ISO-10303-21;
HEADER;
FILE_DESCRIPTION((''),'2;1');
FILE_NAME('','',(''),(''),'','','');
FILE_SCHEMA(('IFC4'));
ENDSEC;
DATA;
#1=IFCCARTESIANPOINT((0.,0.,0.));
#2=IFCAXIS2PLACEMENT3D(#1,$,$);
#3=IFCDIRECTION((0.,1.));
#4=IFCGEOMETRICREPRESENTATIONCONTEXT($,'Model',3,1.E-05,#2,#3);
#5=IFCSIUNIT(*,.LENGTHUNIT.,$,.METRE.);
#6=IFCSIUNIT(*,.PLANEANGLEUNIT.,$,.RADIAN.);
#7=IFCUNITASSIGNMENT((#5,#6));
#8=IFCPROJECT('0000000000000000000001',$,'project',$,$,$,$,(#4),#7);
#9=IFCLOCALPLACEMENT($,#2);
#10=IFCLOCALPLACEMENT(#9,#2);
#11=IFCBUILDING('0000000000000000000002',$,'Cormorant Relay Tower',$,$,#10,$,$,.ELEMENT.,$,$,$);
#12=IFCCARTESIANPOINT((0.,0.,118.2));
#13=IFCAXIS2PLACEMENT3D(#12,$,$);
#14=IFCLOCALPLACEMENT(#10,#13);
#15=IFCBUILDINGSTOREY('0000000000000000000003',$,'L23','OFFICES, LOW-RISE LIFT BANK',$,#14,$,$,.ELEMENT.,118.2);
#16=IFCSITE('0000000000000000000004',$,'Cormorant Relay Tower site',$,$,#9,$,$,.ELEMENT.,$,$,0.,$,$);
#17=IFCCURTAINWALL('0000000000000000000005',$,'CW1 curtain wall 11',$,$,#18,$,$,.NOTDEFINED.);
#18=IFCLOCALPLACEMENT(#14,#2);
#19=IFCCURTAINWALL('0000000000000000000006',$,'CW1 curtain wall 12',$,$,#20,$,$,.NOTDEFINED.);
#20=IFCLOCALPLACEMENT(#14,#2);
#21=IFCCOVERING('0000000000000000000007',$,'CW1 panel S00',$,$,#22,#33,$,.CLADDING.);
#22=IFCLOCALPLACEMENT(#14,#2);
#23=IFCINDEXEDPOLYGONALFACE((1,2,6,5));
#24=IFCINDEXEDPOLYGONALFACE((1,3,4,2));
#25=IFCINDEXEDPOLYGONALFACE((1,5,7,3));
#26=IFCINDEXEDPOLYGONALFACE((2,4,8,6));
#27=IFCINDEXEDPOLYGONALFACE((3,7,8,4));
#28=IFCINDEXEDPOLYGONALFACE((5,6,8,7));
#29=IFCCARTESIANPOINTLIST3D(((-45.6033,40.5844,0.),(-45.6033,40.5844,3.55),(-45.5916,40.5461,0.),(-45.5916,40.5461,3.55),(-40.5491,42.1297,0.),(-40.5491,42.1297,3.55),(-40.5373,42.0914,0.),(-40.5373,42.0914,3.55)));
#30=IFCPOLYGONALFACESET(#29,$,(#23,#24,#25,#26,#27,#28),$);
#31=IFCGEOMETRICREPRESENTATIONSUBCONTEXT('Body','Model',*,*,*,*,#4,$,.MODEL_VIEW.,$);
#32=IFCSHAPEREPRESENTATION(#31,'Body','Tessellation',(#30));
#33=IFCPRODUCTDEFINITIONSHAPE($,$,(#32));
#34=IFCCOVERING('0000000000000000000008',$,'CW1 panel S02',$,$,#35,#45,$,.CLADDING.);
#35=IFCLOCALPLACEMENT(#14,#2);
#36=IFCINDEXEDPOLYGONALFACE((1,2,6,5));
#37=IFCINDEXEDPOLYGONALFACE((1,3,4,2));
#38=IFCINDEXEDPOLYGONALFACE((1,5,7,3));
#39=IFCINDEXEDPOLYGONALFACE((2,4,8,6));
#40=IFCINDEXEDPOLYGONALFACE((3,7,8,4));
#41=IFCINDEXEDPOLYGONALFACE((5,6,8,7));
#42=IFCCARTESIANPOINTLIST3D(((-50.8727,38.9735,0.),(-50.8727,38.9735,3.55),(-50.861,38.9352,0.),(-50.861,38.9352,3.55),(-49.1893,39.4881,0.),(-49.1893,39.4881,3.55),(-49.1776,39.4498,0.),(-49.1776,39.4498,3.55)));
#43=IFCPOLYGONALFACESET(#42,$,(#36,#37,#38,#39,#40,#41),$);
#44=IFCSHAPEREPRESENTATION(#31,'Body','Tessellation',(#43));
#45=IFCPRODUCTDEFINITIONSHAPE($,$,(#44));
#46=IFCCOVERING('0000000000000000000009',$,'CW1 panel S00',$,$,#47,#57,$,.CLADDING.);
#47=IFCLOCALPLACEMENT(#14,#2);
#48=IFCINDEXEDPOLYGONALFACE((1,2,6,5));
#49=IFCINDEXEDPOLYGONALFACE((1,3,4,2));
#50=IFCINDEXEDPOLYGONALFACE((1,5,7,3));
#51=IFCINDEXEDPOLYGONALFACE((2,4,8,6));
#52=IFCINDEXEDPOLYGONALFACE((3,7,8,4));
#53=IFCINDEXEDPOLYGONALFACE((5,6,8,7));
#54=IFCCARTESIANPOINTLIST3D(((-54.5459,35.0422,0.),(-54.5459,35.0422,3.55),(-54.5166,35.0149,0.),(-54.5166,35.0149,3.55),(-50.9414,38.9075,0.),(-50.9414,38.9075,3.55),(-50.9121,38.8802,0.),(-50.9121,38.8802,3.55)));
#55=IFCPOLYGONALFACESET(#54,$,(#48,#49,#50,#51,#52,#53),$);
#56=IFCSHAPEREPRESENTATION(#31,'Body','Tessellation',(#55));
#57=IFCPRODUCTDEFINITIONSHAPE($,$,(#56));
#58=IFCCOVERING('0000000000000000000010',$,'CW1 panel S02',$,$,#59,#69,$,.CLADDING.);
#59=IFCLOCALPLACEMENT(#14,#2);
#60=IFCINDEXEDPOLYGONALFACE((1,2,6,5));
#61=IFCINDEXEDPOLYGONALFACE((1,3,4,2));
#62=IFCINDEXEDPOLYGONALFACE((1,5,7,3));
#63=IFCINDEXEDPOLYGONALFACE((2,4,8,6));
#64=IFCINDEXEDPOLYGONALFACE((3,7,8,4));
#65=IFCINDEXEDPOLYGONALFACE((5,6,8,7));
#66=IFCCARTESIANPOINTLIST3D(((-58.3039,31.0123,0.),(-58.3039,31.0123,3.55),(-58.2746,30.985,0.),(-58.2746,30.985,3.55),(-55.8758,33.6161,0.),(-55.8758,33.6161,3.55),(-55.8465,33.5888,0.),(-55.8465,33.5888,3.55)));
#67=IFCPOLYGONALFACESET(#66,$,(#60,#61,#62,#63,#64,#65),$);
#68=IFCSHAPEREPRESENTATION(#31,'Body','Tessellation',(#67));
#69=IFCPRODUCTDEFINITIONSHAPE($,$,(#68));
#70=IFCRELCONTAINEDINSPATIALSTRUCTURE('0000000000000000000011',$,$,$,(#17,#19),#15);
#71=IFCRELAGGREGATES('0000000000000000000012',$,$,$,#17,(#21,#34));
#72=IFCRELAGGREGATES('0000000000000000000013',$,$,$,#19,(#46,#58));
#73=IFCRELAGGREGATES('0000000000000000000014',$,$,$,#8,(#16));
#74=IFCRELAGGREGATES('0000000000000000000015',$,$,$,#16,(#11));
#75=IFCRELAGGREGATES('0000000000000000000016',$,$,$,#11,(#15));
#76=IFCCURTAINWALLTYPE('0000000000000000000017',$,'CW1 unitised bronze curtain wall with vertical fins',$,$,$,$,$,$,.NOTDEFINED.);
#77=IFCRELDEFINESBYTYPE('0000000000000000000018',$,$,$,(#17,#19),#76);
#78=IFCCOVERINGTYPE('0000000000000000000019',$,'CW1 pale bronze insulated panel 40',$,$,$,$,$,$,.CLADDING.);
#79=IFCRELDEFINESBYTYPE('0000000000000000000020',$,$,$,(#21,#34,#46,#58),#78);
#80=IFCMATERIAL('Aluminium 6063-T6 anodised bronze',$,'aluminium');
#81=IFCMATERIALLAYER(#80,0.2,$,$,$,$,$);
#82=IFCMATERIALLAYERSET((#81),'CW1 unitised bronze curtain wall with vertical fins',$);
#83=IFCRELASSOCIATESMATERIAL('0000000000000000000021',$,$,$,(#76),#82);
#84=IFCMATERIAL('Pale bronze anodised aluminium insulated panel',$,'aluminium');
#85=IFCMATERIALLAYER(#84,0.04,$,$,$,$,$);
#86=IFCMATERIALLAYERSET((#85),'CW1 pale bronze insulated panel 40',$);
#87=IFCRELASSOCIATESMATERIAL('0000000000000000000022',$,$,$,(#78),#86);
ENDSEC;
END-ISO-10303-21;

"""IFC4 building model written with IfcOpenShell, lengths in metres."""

from ifc_helpers import new_model, si_unit, direction, frame, origin, origin_2d, place, context, subcontext, project, spatial, rectangle, extrude, material, layer, layer_set, type_object, element, aggregate, save


model = new_model("IFC4")

# Units and contexts
model_context = context("Model", 3, precision=1e-05, world=origin(), true_north=direction((0.0, 1.0)))
body_context = subcontext(model_context, "Body", "Model", "MODEL_VIEW")
ifc_project = project(units=[si_unit("LENGTHUNIT", "METRE"), si_unit("PLANEANGLEUNIT", "RADIAN")], contexts=[model_context])

# Site, building, storey
site_placement = place(None, origin())
site = spatial("IfcSite", under=ifc_project, at=site_placement, Name="Cormorant Relay Tower site", CompositionType="ELEMENT", RefElevation=0.0)
building_placement = place(site_placement, origin())
building = spatial("IfcBuilding", under=site, at=building_placement, Name="Cormorant Relay Tower", CompositionType="ELEMENT")
storey_placement = place(building_placement, frame((0.0, 0.0, 118.2)))
storey = spatial("IfcBuildingStorey", under=building, at=storey_placement, Name="L23", Description="OFFICES, LOW-RISE LIFT BANK", CompositionType="ELEMENT", Elevation=118.2)

# Shared definitions
ifc_material_1 = material(Name="Aluminium 6063-T6 anodised bronze", Category="aluminium")
ifc_layer_1 = layer(ifc_material_1, 0.2)
ifc_layer_set_1 = layer_set([ifc_layer_1], Name="CW1 unitised bronze curtain wall with vertical fins")
curtain_wall_type = type_object("IfcCurtainWallType", Name="CW1 unitised bronze curtain wall with vertical fins", PredefinedType="NOTDEFINED", material=ifc_layer_set_1)

# Curtain walls
curtain_wall_1_placement = place(storey_placement, origin())
curtain_wall_1 = element("IfcCurtainWall", 1, at=curtain_wall_1_placement, inside=storey, type_object=curtain_wall_type, Name="CW1 curtain wall 11", PredefinedType="NOTDEFINED")
curtain_wall_2_placement = place(storey_placement, origin())
curtain_wall_2 = element("IfcCurtainWall", 2, at=curtain_wall_2_placement, inside=storey, type_object=curtain_wall_type, Name="CW1 curtain wall 12", PredefinedType="NOTDEFINED")

# Coverings
ifc_material_2 = material(Name="Pale bronze anodised aluminium insulated panel", Category="aluminium")
ifc_layer_2 = layer(ifc_material_2, 0.04)
ifc_layer_set_2 = layer_set([ifc_layer_2], Name="CW1 pale bronze insulated panel 40")
covering_type = type_object("IfcCoveringType", Name="CW1 pale bronze insulated panel 40", PredefinedType="CLADDING", material=ifc_layer_set_2)
covering_1_placement = place(storey_placement, frame((-43.0703, 41.3379, 0.0), z_axis=(0.0, 0.0, 1.0), x_axis=(-0.956305, -0.292372, 0.0)))
covering_1 = element("IfcCovering", 3, at=covering_1_placement, type_object=covering_type, Name="CW1 panel S00", PredefinedType="CLADDING", context=body_context, shape_type="SweptSolid", body=[
    extrude(rectangle(XDim=5.2852, YDim=0.04, at=origin_2d()), origin(), (0.0, 0.0, 1.0), 3.55),
])
covering_2_placement = place(storey_placement, frame((-50.0251, 39.2117, 0.0), z_axis=(0.0, 0.0, 1.0), x_axis=(-0.956305, -0.292372, 0.0)))
covering_2 = element("IfcCovering", 4, at=covering_2_placement, type_object=covering_type, Name="CW1 panel S02", PredefinedType="CLADDING", context=body_context, shape_type="SweptSolid", body=[
    extrude(rectangle(XDim=1.7603, YDim=0.04, at=origin_2d()), origin(), (0.0, 0.0, 1.0), 3.55),
])
aggregate(curtain_wall_1, [covering_1, covering_2])
covering_3_placement = place(storey_placement, frame((-52.729, 36.9612, 0.0), z_axis=(0.0, 0.0, 1.0), x_axis=(-0.681998, -0.731354, 0.0)))
covering_3 = element("IfcCovering", 5, at=covering_3_placement, type_object=covering_type, Name="CW1 panel S00", PredefinedType="CLADDING", context=body_context, shape_type="SweptSolid", body=[
    extrude(rectangle(XDim=5.2852, YDim=0.04, at=origin_2d()), origin(), (0.0, 0.0, 1.0), 3.55),
])
covering_4_placement = place(storey_placement, frame((-57.0752, 32.3005, 0.0), z_axis=(0.0, 0.0, 1.0), x_axis=(-0.681998, -0.731354, 0.0)))
covering_4 = element("IfcCovering", 6, at=covering_4_placement, type_object=covering_type, Name="CW1 panel S02", PredefinedType="CLADDING", context=body_context, shape_type="SweptSolid", body=[
    extrude(rectangle(XDim=3.5603, YDim=0.04, at=origin_2d()), origin(), (0.0, 0.0, 1.0), 3.55),
])
aggregate(curtain_wall_2, [covering_3, covering_4])

save(model, "model.ifc")
